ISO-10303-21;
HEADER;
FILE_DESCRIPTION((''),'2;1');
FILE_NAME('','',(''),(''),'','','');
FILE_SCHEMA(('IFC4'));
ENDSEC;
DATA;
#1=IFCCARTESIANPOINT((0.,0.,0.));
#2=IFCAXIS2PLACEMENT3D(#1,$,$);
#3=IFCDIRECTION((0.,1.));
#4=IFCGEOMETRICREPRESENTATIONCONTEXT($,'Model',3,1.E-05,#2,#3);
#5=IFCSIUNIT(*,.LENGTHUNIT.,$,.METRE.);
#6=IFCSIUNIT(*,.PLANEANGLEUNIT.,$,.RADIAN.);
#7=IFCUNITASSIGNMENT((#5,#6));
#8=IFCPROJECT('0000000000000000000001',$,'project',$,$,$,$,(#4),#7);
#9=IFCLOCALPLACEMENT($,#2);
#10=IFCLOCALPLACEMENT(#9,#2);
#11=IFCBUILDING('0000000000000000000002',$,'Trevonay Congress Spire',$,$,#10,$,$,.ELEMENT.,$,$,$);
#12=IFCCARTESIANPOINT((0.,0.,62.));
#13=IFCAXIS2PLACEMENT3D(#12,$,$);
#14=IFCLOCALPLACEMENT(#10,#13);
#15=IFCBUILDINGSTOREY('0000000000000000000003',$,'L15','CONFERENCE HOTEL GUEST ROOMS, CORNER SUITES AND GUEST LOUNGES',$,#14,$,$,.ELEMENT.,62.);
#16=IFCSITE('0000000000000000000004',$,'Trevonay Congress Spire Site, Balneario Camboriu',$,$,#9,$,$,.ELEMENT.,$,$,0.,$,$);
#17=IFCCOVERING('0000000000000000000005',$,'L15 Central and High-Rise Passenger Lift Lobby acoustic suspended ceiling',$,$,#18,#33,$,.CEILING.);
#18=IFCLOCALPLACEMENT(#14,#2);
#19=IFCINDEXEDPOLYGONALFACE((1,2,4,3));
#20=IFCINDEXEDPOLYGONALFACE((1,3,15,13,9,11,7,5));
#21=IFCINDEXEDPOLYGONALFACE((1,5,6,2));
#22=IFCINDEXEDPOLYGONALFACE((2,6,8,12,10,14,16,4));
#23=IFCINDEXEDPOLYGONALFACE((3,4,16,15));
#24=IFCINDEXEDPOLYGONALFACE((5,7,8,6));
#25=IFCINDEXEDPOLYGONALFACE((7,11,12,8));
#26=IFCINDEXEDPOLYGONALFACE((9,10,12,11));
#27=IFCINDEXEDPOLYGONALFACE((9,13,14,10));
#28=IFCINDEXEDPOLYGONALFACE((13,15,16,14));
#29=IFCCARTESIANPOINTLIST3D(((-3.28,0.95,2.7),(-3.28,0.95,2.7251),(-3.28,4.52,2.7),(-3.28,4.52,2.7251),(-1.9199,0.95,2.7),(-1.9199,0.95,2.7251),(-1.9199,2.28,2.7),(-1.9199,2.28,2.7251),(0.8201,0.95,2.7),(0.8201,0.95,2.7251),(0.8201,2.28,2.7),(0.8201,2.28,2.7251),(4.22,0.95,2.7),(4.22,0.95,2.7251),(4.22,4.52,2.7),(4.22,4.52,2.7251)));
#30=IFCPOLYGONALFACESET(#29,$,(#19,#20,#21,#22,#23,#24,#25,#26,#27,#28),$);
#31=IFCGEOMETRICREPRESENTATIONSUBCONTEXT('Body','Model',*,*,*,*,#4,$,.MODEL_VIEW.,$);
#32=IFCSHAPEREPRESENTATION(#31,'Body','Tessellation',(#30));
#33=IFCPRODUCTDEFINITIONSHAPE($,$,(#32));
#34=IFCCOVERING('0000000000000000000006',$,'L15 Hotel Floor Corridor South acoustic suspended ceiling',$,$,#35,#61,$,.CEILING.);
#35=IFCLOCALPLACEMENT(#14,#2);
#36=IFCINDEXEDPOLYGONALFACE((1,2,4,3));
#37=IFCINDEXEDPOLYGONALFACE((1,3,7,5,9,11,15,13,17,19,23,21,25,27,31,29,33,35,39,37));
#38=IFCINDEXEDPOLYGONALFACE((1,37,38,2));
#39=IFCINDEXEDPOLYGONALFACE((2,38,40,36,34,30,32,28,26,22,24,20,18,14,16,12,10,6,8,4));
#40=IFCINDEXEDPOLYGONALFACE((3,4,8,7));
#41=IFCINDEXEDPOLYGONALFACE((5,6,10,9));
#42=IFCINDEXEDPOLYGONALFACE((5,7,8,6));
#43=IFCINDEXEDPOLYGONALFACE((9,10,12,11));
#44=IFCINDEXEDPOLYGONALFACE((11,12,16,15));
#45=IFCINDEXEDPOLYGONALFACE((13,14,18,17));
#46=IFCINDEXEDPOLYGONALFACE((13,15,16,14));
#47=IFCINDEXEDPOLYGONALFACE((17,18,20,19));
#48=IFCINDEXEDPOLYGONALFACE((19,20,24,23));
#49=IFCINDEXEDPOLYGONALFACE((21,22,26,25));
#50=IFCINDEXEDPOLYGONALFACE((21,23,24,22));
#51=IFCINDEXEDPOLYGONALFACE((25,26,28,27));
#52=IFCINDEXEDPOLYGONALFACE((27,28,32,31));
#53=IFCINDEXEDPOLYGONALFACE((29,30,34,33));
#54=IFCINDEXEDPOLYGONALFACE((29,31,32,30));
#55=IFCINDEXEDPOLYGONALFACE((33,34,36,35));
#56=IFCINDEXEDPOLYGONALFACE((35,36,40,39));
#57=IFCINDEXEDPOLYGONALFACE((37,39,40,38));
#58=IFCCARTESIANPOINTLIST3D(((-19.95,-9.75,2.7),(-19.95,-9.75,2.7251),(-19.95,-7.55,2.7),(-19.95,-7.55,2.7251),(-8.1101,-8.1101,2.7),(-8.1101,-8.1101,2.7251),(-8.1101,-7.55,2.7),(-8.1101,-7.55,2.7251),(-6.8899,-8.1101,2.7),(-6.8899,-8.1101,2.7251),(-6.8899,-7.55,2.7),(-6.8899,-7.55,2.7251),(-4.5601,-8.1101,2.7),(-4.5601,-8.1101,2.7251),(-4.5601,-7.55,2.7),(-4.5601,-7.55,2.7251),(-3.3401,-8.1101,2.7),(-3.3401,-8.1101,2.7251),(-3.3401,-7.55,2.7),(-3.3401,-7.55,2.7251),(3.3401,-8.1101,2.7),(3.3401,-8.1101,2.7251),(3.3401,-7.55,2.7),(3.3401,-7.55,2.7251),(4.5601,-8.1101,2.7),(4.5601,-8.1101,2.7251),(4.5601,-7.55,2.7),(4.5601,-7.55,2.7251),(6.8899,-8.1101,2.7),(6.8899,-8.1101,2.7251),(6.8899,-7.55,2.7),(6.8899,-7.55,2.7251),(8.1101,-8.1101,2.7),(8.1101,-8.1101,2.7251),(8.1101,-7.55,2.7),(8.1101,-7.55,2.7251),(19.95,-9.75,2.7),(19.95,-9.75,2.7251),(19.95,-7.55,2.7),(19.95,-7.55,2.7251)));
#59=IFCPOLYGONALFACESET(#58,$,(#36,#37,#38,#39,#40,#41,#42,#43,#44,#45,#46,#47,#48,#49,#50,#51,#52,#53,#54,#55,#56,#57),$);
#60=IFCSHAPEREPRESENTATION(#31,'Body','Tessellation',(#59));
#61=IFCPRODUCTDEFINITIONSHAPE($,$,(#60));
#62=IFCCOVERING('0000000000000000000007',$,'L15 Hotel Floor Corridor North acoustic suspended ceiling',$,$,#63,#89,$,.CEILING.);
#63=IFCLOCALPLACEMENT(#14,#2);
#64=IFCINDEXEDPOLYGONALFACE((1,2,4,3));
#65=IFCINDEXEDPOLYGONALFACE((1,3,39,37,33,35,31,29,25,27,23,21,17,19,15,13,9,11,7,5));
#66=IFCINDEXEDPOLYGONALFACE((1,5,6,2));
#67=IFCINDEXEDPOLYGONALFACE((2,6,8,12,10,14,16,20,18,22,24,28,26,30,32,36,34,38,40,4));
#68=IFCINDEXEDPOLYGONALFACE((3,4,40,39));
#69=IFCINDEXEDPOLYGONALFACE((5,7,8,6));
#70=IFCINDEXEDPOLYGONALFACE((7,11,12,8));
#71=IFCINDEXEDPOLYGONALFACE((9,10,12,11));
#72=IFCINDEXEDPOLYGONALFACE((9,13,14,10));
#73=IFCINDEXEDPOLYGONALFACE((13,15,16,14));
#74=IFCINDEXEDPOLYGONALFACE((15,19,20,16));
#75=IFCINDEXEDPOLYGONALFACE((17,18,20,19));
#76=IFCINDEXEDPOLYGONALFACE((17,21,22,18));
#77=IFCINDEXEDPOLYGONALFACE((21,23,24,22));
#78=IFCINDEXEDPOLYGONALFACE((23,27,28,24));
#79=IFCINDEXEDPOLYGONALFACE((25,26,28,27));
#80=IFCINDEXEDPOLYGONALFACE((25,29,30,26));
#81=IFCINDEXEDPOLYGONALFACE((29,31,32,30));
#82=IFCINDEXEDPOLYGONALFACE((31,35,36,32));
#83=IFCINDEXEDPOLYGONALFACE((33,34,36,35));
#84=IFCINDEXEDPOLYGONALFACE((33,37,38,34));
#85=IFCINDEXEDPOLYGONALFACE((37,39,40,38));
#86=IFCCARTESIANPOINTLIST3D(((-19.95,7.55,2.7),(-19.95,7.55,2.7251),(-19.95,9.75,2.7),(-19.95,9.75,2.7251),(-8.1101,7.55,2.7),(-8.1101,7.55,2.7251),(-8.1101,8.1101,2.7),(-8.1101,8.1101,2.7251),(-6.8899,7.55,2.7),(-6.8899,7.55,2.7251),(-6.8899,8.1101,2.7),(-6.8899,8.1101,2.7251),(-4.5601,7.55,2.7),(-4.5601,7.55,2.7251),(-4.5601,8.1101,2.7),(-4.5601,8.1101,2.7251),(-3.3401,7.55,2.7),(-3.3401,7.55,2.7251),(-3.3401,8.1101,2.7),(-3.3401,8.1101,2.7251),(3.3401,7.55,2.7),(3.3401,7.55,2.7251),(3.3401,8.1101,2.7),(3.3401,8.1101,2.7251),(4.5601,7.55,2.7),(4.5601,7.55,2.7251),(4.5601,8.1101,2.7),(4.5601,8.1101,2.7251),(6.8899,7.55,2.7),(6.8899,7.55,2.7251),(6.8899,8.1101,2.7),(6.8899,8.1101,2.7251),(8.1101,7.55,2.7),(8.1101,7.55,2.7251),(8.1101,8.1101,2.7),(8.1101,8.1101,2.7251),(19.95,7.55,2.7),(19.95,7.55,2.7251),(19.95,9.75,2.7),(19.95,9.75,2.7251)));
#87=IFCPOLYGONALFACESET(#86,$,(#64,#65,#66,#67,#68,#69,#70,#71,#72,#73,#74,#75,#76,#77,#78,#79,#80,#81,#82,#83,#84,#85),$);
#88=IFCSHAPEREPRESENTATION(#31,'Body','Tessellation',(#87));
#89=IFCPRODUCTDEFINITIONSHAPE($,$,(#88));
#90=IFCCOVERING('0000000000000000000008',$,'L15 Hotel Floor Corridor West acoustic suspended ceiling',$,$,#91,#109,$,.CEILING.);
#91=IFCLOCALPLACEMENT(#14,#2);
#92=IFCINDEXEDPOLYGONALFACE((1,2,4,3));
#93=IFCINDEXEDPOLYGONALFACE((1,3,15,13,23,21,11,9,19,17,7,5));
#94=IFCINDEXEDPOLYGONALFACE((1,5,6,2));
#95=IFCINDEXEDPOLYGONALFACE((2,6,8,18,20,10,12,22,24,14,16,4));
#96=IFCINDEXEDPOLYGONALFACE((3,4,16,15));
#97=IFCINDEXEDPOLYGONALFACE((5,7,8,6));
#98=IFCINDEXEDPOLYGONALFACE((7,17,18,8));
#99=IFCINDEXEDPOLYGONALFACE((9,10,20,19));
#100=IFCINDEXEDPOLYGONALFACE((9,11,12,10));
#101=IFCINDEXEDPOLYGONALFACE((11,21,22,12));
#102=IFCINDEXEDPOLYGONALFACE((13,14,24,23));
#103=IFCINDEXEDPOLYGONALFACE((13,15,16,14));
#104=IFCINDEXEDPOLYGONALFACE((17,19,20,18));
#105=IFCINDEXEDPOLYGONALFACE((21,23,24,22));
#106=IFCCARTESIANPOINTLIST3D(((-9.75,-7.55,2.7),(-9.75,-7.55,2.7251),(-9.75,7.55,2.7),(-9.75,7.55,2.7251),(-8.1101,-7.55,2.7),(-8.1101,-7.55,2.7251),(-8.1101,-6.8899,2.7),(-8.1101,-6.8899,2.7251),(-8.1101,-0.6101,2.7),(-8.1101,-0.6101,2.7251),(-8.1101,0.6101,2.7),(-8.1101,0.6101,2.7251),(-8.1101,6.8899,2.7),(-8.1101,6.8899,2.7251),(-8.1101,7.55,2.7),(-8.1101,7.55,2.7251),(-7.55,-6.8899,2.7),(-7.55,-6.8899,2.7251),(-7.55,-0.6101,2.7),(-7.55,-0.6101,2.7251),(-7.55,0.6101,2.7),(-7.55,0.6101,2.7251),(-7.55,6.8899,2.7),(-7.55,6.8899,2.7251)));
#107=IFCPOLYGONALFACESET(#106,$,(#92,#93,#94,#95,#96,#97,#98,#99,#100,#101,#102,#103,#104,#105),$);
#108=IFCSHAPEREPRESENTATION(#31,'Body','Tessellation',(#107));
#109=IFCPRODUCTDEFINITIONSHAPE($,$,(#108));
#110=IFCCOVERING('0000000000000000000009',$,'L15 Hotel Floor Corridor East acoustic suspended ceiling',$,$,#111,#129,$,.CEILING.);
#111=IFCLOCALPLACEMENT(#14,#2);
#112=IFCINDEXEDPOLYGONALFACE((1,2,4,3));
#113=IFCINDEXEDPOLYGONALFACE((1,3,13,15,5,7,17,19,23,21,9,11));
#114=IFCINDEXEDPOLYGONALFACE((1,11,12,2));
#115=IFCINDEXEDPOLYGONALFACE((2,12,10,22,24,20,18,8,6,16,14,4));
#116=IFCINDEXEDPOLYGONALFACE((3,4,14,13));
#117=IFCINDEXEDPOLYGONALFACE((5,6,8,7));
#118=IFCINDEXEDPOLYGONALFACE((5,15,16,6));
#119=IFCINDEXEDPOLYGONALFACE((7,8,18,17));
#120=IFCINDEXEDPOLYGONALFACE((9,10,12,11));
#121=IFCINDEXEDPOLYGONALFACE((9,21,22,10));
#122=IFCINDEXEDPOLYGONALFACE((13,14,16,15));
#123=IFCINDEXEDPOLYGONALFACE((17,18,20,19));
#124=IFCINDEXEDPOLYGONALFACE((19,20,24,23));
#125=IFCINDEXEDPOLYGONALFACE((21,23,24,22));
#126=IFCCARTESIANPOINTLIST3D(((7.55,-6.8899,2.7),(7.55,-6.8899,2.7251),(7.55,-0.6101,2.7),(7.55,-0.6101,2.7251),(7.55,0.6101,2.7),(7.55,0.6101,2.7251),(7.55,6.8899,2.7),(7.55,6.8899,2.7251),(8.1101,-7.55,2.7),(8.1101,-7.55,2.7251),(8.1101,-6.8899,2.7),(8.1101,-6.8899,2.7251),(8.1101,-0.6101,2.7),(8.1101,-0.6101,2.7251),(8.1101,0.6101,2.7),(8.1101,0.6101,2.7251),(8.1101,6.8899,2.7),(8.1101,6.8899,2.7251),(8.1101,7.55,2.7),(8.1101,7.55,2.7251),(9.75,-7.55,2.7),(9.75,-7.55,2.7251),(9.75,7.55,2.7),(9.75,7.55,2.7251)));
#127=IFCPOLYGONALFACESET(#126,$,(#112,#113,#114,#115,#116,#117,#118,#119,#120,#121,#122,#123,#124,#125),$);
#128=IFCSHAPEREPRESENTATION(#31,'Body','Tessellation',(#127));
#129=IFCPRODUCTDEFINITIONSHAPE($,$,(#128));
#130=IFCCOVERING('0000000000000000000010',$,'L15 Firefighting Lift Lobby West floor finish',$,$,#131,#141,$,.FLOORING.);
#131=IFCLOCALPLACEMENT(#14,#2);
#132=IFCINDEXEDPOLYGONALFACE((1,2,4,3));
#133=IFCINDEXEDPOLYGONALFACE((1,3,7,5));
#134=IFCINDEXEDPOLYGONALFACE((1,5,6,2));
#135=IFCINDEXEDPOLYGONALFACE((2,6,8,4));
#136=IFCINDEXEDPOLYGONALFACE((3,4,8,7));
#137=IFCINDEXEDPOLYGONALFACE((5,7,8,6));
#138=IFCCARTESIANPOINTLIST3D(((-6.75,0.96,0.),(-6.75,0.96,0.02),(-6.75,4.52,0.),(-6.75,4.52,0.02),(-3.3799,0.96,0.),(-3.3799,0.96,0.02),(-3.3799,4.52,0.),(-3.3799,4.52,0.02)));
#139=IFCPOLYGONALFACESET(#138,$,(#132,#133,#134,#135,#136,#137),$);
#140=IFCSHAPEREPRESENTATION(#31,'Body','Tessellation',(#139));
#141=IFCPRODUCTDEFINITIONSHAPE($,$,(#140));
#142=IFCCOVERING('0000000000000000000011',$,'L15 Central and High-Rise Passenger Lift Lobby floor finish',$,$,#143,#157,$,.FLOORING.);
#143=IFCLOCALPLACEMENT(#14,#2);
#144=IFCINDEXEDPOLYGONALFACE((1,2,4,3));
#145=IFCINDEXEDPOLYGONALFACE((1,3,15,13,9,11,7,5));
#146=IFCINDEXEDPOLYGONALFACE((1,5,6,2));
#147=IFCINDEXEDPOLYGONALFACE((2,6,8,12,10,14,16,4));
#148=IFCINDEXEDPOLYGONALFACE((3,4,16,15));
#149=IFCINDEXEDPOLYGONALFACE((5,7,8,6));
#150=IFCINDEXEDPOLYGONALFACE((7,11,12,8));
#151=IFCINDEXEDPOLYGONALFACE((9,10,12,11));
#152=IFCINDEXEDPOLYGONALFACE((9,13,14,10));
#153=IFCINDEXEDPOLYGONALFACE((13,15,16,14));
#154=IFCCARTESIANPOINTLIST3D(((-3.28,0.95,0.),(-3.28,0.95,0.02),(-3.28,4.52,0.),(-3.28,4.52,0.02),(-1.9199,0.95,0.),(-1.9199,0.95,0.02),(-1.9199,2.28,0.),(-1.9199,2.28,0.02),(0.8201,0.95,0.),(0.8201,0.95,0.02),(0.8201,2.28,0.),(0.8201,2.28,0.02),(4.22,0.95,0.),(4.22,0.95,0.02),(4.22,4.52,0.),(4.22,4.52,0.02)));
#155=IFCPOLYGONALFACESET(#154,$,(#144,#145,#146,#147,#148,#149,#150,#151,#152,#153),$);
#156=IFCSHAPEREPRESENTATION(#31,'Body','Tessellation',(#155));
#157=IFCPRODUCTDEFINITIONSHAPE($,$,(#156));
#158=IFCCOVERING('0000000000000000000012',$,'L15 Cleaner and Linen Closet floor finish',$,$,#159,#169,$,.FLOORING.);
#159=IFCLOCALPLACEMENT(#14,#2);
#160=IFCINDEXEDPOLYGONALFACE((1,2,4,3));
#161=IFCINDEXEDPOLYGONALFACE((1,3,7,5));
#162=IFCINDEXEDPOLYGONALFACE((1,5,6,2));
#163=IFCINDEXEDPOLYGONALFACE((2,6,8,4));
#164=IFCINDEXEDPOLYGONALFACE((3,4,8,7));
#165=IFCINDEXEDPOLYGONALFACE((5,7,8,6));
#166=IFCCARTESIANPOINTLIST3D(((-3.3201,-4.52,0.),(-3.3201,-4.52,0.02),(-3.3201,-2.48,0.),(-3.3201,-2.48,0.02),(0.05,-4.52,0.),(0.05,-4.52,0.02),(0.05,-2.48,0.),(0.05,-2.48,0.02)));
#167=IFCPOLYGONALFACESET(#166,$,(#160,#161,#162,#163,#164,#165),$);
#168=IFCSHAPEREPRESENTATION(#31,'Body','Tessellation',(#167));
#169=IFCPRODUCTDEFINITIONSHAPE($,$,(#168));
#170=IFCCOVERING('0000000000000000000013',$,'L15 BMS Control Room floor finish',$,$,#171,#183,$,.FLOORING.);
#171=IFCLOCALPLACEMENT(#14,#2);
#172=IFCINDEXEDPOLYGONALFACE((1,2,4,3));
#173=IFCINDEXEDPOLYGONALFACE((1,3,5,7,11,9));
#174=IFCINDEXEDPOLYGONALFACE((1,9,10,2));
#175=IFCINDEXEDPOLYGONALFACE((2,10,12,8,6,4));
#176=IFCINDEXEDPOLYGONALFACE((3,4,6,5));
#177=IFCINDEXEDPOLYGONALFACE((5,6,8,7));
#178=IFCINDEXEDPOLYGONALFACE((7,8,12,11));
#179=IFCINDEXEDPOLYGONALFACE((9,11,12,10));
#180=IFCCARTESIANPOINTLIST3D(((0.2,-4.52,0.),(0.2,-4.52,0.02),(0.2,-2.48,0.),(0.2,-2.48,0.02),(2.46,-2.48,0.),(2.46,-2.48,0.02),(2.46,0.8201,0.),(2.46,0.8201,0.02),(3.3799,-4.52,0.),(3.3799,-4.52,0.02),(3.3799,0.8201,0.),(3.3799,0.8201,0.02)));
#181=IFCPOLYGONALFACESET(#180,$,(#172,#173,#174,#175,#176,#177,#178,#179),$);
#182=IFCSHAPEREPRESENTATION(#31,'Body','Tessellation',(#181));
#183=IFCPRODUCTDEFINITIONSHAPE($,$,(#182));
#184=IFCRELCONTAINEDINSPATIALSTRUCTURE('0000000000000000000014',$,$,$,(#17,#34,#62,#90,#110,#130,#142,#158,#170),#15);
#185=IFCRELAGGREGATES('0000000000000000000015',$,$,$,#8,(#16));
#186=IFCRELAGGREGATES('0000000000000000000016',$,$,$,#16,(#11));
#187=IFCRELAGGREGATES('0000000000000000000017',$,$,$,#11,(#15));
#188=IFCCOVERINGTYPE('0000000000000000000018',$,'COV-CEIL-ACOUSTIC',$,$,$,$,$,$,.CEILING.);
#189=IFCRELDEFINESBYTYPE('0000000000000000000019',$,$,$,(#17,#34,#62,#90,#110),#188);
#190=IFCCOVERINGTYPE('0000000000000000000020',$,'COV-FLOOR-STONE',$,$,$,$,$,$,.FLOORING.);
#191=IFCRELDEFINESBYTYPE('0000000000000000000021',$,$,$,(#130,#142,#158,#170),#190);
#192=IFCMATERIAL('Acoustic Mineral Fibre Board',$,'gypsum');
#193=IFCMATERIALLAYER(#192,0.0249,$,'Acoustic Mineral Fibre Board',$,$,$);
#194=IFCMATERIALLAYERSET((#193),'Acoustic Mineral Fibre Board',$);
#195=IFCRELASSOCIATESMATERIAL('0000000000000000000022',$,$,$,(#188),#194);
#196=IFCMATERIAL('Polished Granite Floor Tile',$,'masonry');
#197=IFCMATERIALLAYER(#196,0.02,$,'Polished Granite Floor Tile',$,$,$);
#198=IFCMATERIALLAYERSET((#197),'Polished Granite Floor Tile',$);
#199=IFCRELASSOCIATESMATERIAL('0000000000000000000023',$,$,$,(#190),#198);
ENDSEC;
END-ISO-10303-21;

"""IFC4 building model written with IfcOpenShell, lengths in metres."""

from ifc_helpers import new_model, si_unit, direction, frame, origin, place, context, subcontext, project, spatial, polyline, outline, extrude, material, layer, layer_set, type_object, element, save


model = new_model("IFC4")

# Units and contexts
model_context = context("Model", 3, precision=1e-05, world=origin(), true_north=direction((0.0, 1.0)))
body_context = subcontext(model_context, "Body", "Model", "MODEL_VIEW")
ifc_project = project(units=[si_unit("LENGTHUNIT", "METRE"), si_unit("PLANEANGLEUNIT", "RADIAN")], contexts=[model_context])

# Site, building, storey
site_placement = place(None, origin())
site = spatial("IfcSite", under=ifc_project, at=site_placement, Name="Trevonay Congress Spire Site, Balneario Camboriu", CompositionType="ELEMENT", RefElevation=0.0)
building_placement = place(site_placement, origin())
building = spatial("IfcBuilding", under=site, at=building_placement, Name="Trevonay Congress Spire", CompositionType="ELEMENT")
storey_placement = place(building_placement, frame((0.0, 0.0, 62.0)))
storey = spatial("IfcBuildingStorey", under=building, at=storey_placement, Name="L15", Description="CONFERENCE HOTEL GUEST ROOMS, CORNER SUITES AND GUEST LOUNGES", CompositionType="ELEMENT", Elevation=62.0)

# Coverings
ifc_material_1 = material(Name="Acoustic Mineral Fibre Board", Category="gypsum")
ifc_layer_1 = layer(ifc_material_1, 0.0249, Name="Acoustic Mineral Fibre Board")
ifc_layer_set_1 = layer_set([ifc_layer_1], Name="Acoustic Mineral Fibre Board")
covering_type_1 = type_object("IfcCoveringType", Name="COV-CEIL-ACOUSTIC", PredefinedType="CEILING", material=ifc_layer_set_1)
covering_1_placement = place(storey_placement, frame((0.0, 0.0, 2.7)))
element("IfcCovering", 1, at=covering_1_placement, inside=storey, type_object=covering_type_1, Name="L15 Central and High-Rise Passenger Lift Lobby acoustic suspended ceiling", PredefinedType="CEILING", context=body_context, shape_type="SweptSolid", body=[
    extrude(outline(polyline([(-3.28, 0.95), (-1.9199, 0.95), (-1.9199, 2.28), (0.8201, 2.28), (0.8201, 0.95), (4.22, 0.95), (4.22, 4.52), (-3.28, 4.52), (-3.28, 0.95)])), origin(), (0.0, 0.0, 1.0), 0.0251),
])
covering_2_placement = place(storey_placement, frame((0.0, 0.0, 2.7)))
element("IfcCovering", 2, at=covering_2_placement, inside=storey, type_object=covering_type_1, Name="L15 Hotel Floor Corridor South acoustic suspended ceiling", PredefinedType="CEILING", context=body_context, shape_type="SweptSolid", body=[
    extrude(outline(polyline([(19.95, -7.55), (19.95, -9.75), (-19.95, -9.75), (-19.95, -7.55), (-8.1101, -7.55), (-8.1101, -8.1101), (-6.8899, -8.1101), (-6.8899, -7.55), (-4.5601, -7.55), (-4.5601, -8.1101), (-3.3401, -8.1101), (-3.3401, -7.55), (3.3401, -7.55), (3.3401, -8.1101), (4.5601, -8.1101), (4.5601, -7.55), (6.8899, -7.55), (6.8899, -8.1101), (8.1101, -8.1101), (8.1101, -7.55), (19.95, -7.55)])), origin(), (0.0, 0.0, 1.0), 0.0251),
])
covering_3_placement = place(storey_placement, frame((0.0, 0.0, 2.7)))
element("IfcCovering", 3, at=covering_3_placement, inside=storey, type_object=covering_type_1, Name="L15 Hotel Floor Corridor North acoustic suspended ceiling", PredefinedType="CEILING", context=body_context, shape_type="SweptSolid", body=[
    extrude(outline(polyline([(-19.95, 7.55), (-19.95, 9.75), (19.95, 9.75), (19.95, 7.55), (8.1101, 7.55), (8.1101, 8.1101), (6.8899, 8.1101), (6.8899, 7.55), (4.5601, 7.55), (4.5601, 8.1101), (3.3401, 8.1101), (3.3401, 7.55), (-3.3401, 7.55), (-3.3401, 8.1101), (-4.5601, 8.1101), (-4.5601, 7.55), (-6.8899, 7.55), (-6.8899, 8.1101), (-8.1101, 8.1101), (-8.1101, 7.55), (-19.95, 7.55)])), origin(), (0.0, 0.0, 1.0), 0.0251),
])
covering_4_placement = place(storey_placement, frame((0.0, 0.0, 2.7)))
element("IfcCovering", 4, at=covering_4_placement, inside=storey, type_object=covering_type_1, Name="L15 Hotel Floor Corridor West acoustic suspended ceiling", PredefinedType="CEILING", context=body_context, shape_type="SweptSolid", body=[
    extrude(outline(polyline([(-9.75, 7.55), (-8.1101, 7.55), (-8.1101, 6.8899), (-7.55, 6.8899), (-7.55, 0.6101), (-8.1101, 0.6101), (-8.1101, -0.6101), (-7.55, -0.6101), (-7.55, -6.8899), (-8.1101, -6.8899), (-8.1101, -7.55), (-9.75, -7.55), (-9.75, 7.55)])), origin(), (0.0, 0.0, 1.0), 0.0251),
])
covering_5_placement = place(storey_placement, frame((0.0, 0.0, 2.7)))
element("IfcCovering", 5, at=covering_5_placement, inside=storey, type_object=covering_type_1, Name="L15 Hotel Floor Corridor East acoustic suspended ceiling", PredefinedType="CEILING", context=body_context, shape_type="SweptSolid", body=[
    extrude(outline(polyline([(9.75, -7.55), (8.1101, -7.55), (8.1101, -6.8899), (7.55, -6.8899), (7.55, -0.6101), (8.1101, -0.6101), (8.1101, 0.6101), (7.55, 0.6101), (7.55, 6.8899), (8.1101, 6.8899), (8.1101, 7.55), (9.75, 7.55), (9.75, -7.55)])), origin(), (0.0, 0.0, 1.0), 0.0251),
])
ifc_material_2 = material(Name="Polished Granite Floor Tile", Category="masonry")
ifc_layer_2 = layer(ifc_material_2, 0.02, Name="Polished Granite Floor Tile")
ifc_layer_set_2 = layer_set([ifc_layer_2], Name="Polished Granite Floor Tile")
covering_type_2 = type_object("IfcCoveringType", Name="COV-FLOOR-STONE", PredefinedType="FLOORING", material=ifc_layer_set_2)
covering_6_placement = place(storey_placement, origin())
element("IfcCovering", 6, at=covering_6_placement, inside=storey, type_object=covering_type_2, Name="L15 Firefighting Lift Lobby West floor finish", PredefinedType="FLOORING", context=body_context, shape_type="SweptSolid", body=[
    extrude(outline(polyline([(-6.75, 0.96), (-3.3799, 0.96), (-3.3799, 4.52), (-6.75, 4.52), (-6.75, 0.96)])), origin(), (0.0, 0.0, 1.0), 0.02),
])
covering_7_placement = place(storey_placement, origin())
element("IfcCovering", 7, at=covering_7_placement, inside=storey, type_object=covering_type_2, Name="L15 Central and High-Rise Passenger Lift Lobby floor finish", PredefinedType="FLOORING", context=body_context, shape_type="SweptSolid", body=[
    extrude(outline(polyline([(-3.28, 0.95), (-1.9199, 0.95), (-1.9199, 2.28), (0.8201, 2.28), (0.8201, 0.95), (4.22, 0.95), (4.22, 4.52), (-3.28, 4.52), (-3.28, 0.95)])), origin(), (0.0, 0.0, 1.0), 0.02),
])
covering_8_placement = place(storey_placement, origin())
element("IfcCovering", 8, at=covering_8_placement, inside=storey, type_object=covering_type_2, Name="L15 Cleaner and Linen Closet floor finish", PredefinedType="FLOORING", context=body_context, shape_type="SweptSolid", body=[
    extrude(outline(polyline([(-3.3201, -4.52), (0.05, -4.52), (0.05, -2.48), (-3.3201, -2.48), (-3.3201, -4.52)])), origin(), (0.0, 0.0, 1.0), 0.02),
])
covering_9_placement = place(storey_placement, origin())
element("IfcCovering", 9, at=covering_9_placement, inside=storey, type_object=covering_type_2, Name="L15 BMS Control Room floor finish", PredefinedType="FLOORING", context=body_context, shape_type="SweptSolid", body=[
    extrude(outline(polyline([(0.2, -4.52), (3.3799, -4.52), (3.3799, 0.8201), (2.46, 0.8201), (2.46, -2.48), (0.2, -2.48), (0.2, -4.52)])), origin(), (0.0, 0.0, 1.0), 0.02),
])

save(model, "model.ifc")
